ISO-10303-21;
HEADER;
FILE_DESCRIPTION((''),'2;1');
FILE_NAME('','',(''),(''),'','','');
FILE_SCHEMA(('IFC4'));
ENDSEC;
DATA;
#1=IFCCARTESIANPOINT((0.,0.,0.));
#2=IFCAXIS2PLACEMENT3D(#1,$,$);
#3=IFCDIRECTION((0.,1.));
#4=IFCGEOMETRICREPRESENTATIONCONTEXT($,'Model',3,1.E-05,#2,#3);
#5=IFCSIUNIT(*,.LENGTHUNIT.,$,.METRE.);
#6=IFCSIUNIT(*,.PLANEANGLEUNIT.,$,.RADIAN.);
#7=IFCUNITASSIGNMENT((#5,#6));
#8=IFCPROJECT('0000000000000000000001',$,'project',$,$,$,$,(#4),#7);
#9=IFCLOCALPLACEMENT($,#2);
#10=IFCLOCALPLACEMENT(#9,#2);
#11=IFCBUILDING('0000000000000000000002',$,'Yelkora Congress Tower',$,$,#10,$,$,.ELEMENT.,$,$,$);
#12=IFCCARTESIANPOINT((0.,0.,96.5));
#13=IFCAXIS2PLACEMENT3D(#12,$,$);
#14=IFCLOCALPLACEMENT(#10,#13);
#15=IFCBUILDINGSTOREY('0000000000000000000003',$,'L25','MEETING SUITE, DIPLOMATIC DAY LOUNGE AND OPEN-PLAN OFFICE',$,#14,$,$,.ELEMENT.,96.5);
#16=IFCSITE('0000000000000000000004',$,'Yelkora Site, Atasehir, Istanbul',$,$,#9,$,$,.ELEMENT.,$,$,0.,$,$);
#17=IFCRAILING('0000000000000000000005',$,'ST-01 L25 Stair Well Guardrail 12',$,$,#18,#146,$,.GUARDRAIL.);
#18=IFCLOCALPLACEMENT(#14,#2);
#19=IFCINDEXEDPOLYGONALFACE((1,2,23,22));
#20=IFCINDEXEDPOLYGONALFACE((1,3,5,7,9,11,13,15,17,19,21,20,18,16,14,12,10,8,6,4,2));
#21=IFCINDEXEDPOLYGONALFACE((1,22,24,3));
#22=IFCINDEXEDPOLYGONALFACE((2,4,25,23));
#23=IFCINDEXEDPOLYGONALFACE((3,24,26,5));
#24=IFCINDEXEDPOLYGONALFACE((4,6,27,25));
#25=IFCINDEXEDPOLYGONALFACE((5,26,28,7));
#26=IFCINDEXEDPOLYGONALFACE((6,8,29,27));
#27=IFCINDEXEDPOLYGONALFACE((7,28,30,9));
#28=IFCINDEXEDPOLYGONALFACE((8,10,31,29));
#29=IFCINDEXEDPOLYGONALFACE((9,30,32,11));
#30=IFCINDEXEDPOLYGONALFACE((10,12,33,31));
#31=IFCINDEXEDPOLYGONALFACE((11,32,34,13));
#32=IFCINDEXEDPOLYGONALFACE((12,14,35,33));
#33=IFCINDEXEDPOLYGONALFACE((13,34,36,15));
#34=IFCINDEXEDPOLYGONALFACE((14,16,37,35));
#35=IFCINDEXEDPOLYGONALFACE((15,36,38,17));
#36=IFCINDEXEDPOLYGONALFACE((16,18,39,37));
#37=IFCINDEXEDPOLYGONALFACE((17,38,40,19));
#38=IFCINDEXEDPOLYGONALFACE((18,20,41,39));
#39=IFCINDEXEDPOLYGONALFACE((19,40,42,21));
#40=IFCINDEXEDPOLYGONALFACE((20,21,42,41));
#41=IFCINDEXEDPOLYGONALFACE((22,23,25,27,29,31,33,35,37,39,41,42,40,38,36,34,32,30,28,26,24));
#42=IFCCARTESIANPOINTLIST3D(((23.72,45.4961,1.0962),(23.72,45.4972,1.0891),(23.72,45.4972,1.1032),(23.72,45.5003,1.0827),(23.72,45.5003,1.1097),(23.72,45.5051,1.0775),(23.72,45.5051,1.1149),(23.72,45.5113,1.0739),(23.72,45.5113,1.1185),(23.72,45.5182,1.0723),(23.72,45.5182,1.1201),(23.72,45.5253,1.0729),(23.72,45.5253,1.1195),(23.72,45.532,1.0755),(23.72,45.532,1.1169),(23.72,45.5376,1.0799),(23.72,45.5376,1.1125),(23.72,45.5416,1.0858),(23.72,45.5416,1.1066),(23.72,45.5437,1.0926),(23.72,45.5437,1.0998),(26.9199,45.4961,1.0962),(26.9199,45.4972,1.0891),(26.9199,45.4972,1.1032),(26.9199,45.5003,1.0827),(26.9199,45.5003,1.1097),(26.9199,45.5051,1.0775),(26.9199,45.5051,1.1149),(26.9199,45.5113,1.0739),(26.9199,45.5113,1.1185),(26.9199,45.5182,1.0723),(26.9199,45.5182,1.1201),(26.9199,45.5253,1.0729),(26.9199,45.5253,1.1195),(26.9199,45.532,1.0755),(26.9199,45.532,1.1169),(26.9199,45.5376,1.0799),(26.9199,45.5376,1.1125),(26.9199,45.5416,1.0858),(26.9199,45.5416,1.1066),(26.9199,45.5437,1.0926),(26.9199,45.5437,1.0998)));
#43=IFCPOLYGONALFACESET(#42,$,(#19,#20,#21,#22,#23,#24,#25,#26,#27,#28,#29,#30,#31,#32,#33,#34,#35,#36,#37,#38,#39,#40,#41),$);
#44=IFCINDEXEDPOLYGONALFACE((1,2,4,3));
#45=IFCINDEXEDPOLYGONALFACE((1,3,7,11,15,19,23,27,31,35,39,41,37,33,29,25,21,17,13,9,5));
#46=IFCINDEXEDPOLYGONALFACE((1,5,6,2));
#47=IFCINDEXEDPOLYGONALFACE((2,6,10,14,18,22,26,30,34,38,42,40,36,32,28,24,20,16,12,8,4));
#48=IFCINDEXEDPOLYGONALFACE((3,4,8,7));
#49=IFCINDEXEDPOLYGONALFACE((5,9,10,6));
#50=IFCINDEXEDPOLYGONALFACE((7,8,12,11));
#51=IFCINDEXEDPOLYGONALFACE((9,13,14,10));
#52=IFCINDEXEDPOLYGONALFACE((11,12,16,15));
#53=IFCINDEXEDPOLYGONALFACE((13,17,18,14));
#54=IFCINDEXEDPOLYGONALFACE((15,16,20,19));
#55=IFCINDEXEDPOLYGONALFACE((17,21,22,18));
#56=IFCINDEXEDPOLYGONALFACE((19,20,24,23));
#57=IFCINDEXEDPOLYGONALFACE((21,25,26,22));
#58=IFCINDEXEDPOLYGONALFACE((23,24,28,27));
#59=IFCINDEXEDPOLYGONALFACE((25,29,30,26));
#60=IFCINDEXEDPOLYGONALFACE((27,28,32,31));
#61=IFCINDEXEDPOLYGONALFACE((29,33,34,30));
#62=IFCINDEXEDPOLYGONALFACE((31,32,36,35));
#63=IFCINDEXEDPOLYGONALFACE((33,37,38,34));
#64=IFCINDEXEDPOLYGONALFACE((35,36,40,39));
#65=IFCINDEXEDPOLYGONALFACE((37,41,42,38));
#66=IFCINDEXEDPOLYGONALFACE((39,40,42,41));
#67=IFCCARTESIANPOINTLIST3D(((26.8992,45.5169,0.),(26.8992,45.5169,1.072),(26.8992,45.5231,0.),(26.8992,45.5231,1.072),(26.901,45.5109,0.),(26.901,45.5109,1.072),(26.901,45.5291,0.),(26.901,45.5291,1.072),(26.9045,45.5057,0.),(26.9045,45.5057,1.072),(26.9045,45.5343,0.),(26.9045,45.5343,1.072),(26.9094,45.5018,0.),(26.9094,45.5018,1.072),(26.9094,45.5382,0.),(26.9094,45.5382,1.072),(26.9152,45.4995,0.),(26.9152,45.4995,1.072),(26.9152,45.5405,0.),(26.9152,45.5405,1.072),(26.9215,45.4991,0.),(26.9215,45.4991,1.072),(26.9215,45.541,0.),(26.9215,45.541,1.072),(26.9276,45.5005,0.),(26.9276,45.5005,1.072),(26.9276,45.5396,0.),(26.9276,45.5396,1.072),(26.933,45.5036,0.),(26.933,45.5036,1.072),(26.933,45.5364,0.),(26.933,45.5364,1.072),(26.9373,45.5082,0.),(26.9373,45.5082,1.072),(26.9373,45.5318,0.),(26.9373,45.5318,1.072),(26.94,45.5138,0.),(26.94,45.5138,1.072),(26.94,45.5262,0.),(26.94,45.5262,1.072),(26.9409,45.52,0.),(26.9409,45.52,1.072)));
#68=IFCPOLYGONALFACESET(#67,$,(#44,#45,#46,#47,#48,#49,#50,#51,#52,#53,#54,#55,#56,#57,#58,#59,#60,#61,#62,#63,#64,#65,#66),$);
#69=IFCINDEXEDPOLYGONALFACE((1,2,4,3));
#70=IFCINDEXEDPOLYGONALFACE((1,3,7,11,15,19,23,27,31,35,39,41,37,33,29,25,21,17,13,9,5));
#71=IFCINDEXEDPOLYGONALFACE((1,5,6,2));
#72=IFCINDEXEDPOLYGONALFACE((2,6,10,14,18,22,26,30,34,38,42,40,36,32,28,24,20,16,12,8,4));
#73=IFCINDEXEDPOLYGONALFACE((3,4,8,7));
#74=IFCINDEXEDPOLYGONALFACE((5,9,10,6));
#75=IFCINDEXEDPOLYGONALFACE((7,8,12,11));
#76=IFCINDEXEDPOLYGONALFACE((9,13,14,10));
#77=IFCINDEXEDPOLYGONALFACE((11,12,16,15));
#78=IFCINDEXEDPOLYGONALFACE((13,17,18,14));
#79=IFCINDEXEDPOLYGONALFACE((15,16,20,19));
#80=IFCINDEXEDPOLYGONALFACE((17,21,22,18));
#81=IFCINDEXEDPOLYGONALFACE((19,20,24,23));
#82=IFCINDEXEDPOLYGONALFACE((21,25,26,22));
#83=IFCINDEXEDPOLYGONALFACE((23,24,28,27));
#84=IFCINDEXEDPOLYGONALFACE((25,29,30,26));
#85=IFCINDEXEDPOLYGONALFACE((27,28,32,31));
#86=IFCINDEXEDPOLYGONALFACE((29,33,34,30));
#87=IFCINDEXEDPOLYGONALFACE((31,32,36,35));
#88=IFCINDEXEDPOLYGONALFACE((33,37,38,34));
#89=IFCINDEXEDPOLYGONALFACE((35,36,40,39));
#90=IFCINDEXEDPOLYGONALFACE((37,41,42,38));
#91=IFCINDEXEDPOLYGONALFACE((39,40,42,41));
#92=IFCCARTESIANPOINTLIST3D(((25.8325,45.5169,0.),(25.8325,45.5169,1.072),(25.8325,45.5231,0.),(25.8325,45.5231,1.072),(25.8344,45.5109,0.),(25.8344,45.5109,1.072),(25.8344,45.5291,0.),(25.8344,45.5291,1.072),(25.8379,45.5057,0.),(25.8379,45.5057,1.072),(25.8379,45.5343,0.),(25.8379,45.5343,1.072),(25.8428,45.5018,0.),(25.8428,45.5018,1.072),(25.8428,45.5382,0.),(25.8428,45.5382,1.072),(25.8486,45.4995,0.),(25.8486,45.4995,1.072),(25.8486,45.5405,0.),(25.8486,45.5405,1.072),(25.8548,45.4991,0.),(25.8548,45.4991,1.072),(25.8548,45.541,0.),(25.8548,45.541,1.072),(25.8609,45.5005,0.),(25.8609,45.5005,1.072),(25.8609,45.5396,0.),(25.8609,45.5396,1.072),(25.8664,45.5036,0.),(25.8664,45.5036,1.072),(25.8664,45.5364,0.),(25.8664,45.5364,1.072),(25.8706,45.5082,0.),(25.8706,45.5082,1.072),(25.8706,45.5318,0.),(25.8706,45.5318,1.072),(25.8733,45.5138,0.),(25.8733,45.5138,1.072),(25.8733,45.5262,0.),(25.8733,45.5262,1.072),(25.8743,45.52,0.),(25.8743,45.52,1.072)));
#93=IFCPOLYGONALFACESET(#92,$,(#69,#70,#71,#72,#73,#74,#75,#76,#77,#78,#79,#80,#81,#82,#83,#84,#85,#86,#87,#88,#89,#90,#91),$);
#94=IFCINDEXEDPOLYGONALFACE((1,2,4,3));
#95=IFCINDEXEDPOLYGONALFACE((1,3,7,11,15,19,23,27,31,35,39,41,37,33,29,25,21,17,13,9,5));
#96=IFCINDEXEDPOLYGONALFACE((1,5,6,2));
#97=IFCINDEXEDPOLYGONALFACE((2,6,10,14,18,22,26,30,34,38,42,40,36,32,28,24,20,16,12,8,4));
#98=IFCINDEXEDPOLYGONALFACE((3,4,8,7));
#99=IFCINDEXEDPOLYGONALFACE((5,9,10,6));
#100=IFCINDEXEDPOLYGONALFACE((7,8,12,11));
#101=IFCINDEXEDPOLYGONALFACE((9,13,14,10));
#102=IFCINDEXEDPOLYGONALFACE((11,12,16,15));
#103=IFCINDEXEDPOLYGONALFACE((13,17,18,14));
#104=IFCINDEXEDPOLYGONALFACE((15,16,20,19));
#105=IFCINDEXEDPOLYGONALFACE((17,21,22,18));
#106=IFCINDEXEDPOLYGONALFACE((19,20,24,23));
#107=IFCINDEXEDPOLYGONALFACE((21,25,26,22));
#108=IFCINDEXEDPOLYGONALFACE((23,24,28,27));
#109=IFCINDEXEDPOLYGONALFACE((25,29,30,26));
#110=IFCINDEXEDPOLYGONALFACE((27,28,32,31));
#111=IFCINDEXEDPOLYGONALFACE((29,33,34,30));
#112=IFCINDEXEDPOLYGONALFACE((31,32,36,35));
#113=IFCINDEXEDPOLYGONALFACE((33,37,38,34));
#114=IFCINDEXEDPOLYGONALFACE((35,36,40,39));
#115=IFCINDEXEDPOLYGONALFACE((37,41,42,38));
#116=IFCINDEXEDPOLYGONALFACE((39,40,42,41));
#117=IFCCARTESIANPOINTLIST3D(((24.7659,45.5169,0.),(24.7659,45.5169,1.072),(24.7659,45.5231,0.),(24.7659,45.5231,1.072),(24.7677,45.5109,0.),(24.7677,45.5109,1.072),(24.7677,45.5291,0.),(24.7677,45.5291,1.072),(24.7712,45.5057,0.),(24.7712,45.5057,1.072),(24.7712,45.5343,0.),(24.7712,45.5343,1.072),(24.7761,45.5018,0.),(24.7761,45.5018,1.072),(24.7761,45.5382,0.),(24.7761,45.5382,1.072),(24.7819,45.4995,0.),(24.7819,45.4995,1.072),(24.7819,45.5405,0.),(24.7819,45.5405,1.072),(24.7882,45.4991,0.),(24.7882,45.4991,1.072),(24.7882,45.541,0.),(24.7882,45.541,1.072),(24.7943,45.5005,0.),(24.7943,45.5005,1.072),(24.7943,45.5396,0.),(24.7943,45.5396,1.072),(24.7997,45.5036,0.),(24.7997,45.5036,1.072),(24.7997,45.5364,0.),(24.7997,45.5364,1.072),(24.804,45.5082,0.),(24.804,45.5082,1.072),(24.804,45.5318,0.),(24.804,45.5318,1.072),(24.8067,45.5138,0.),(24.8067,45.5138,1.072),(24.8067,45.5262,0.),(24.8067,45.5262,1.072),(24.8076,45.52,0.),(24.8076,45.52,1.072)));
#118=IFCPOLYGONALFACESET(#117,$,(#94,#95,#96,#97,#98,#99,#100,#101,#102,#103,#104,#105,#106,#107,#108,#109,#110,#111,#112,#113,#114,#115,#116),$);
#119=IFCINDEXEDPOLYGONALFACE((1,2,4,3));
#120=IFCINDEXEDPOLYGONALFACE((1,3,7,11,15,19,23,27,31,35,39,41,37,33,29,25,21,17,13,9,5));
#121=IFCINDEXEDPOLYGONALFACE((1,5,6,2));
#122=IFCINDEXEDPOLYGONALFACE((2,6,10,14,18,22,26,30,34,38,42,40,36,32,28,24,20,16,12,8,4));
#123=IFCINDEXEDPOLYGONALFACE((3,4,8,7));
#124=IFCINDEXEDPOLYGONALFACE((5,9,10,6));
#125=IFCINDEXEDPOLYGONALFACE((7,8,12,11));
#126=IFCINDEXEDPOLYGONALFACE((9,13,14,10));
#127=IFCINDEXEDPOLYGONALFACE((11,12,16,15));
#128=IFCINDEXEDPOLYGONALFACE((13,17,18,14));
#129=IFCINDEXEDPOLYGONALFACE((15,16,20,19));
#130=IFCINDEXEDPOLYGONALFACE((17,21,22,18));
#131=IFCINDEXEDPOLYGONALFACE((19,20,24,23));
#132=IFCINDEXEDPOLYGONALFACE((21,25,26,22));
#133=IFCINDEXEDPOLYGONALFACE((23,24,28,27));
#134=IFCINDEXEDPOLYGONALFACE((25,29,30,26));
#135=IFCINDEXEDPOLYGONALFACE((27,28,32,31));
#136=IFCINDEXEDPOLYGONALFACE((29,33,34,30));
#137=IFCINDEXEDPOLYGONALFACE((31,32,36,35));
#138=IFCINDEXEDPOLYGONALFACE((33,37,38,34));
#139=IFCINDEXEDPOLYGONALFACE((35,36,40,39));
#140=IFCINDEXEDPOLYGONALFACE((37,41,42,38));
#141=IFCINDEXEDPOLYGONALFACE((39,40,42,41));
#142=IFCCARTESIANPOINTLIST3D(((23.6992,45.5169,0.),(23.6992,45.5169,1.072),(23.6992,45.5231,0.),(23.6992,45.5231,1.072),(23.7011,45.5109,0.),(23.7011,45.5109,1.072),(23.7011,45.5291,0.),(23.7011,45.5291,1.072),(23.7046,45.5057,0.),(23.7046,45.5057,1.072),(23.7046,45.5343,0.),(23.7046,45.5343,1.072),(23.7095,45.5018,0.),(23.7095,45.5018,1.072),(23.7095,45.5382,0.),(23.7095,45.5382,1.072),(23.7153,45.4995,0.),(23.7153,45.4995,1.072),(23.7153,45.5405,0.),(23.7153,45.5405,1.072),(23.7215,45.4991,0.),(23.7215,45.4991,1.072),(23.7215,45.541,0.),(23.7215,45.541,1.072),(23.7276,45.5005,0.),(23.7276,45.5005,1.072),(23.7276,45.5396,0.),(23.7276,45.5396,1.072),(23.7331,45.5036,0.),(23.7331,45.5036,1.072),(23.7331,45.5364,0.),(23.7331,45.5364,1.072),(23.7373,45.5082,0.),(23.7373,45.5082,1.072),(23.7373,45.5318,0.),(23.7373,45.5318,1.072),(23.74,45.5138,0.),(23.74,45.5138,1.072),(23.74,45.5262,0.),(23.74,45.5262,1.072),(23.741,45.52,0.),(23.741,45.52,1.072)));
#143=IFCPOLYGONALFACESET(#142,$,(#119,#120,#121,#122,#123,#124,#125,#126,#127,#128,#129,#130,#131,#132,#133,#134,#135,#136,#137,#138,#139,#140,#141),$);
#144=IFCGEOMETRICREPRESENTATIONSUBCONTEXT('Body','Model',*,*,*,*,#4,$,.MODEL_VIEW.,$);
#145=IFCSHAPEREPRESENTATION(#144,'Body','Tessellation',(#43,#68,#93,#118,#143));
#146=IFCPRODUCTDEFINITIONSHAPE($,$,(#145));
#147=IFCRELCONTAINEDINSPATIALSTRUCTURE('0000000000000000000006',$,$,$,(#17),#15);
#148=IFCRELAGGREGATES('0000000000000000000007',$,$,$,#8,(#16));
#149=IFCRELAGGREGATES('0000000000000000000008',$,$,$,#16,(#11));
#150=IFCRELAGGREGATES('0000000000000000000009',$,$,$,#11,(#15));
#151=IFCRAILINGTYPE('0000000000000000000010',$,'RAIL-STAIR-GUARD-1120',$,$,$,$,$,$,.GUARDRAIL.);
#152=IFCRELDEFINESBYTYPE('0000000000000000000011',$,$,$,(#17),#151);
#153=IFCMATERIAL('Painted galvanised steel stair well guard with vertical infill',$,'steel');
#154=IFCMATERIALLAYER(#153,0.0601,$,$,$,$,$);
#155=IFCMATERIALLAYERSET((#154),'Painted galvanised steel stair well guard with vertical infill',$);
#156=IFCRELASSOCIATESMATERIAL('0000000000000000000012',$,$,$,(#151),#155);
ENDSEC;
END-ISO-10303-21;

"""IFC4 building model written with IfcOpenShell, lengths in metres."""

from ifc_helpers import new_model, si_unit, direction, frame, origin, origin_2d, place, context, subcontext, project, spatial, circle, extrude, material, layer, layer_set, type_object, element, save


model = new_model("IFC4")

# Units and contexts
model_context = context("Model", 3, precision=1e-05, world=origin(), true_north=direction((0.0, 1.0)))
body_context = subcontext(model_context, "Body", "Model", "MODEL_VIEW")
ifc_project = project(units=[si_unit("LENGTHUNIT", "METRE"), si_unit("PLANEANGLEUNIT", "RADIAN")], contexts=[model_context])

# Site, building, storey
site_placement = place(None, origin())
site = spatial("IfcSite", under=ifc_project, at=site_placement, Name="Yelkora Site, Atasehir, Istanbul", CompositionType="ELEMENT", RefElevation=0.0)
building_placement = place(site_placement, origin())
building = spatial("IfcBuilding", under=site, at=building_placement, Name="Yelkora Congress Tower", CompositionType="ELEMENT")
storey_placement = place(building_placement, frame((0.0, 0.0, 96.5)))
storey = spatial("IfcBuildingStorey", under=building, at=storey_placement, Name="L25", Description="MEETING SUITE, DIPLOMATIC DAY LOUNGE AND OPEN-PLAN OFFICE", CompositionType="ELEMENT", Elevation=96.5)

# Railing
ifc_material_1 = material(Name="Painted galvanised steel stair well guard with vertical infill", Category="steel")
ifc_layer_1 = layer(ifc_material_1, 0.0601)
ifc_layer_set_1 = layer_set([ifc_layer_1], Name="Painted galvanised steel stair well guard with vertical infill")
railing_type_1 = type_object("IfcRailingType", Name="RAIL-STAIR-GUARD-1120", PredefinedType="GUARDRAIL", material=ifc_layer_set_1)
railing_1_placement = place(storey_placement, frame((26.9199, 45.52, 0.0)))
element("IfcRailing", 1, at=railing_1_placement, inside=storey, type_object=railing_type_1, Name="ST-01 L25 Stair Well Guardrail 12", PredefinedType="GUARDRAIL", context=body_context, shape_type="SweptSolid", body=[
    extrude(circle(Radius=0.0239, at=origin_2d()), frame((0.0, 0.0, 1.0962), z_axis=(-1.0, 0.0, 0.0), x_axis=(0.0, -1.0, 0.0)), (0.0, 0.0, 1.0), 3.2),
    extrude(circle(Radius=0.021, at=origin_2d()), origin(), (0.0, 0.0, 1.0), 1.072),
    extrude(circle(Radius=0.021, at=origin_2d()), frame((-1.0667, 0.0, 0.0)), (0.0, 0.0, 1.0), 1.072),
    extrude(circle(Radius=0.021, at=origin_2d()), frame((-2.1333, 0.0, 0.0)), (0.0, 0.0, 1.0), 1.072),
    extrude(circle(Radius=0.021, at=origin_2d()), frame((-3.2, 0.0, 0.0)), (0.0, 0.0, 1.0), 1.072),
])

save(model, "model.ifc")
